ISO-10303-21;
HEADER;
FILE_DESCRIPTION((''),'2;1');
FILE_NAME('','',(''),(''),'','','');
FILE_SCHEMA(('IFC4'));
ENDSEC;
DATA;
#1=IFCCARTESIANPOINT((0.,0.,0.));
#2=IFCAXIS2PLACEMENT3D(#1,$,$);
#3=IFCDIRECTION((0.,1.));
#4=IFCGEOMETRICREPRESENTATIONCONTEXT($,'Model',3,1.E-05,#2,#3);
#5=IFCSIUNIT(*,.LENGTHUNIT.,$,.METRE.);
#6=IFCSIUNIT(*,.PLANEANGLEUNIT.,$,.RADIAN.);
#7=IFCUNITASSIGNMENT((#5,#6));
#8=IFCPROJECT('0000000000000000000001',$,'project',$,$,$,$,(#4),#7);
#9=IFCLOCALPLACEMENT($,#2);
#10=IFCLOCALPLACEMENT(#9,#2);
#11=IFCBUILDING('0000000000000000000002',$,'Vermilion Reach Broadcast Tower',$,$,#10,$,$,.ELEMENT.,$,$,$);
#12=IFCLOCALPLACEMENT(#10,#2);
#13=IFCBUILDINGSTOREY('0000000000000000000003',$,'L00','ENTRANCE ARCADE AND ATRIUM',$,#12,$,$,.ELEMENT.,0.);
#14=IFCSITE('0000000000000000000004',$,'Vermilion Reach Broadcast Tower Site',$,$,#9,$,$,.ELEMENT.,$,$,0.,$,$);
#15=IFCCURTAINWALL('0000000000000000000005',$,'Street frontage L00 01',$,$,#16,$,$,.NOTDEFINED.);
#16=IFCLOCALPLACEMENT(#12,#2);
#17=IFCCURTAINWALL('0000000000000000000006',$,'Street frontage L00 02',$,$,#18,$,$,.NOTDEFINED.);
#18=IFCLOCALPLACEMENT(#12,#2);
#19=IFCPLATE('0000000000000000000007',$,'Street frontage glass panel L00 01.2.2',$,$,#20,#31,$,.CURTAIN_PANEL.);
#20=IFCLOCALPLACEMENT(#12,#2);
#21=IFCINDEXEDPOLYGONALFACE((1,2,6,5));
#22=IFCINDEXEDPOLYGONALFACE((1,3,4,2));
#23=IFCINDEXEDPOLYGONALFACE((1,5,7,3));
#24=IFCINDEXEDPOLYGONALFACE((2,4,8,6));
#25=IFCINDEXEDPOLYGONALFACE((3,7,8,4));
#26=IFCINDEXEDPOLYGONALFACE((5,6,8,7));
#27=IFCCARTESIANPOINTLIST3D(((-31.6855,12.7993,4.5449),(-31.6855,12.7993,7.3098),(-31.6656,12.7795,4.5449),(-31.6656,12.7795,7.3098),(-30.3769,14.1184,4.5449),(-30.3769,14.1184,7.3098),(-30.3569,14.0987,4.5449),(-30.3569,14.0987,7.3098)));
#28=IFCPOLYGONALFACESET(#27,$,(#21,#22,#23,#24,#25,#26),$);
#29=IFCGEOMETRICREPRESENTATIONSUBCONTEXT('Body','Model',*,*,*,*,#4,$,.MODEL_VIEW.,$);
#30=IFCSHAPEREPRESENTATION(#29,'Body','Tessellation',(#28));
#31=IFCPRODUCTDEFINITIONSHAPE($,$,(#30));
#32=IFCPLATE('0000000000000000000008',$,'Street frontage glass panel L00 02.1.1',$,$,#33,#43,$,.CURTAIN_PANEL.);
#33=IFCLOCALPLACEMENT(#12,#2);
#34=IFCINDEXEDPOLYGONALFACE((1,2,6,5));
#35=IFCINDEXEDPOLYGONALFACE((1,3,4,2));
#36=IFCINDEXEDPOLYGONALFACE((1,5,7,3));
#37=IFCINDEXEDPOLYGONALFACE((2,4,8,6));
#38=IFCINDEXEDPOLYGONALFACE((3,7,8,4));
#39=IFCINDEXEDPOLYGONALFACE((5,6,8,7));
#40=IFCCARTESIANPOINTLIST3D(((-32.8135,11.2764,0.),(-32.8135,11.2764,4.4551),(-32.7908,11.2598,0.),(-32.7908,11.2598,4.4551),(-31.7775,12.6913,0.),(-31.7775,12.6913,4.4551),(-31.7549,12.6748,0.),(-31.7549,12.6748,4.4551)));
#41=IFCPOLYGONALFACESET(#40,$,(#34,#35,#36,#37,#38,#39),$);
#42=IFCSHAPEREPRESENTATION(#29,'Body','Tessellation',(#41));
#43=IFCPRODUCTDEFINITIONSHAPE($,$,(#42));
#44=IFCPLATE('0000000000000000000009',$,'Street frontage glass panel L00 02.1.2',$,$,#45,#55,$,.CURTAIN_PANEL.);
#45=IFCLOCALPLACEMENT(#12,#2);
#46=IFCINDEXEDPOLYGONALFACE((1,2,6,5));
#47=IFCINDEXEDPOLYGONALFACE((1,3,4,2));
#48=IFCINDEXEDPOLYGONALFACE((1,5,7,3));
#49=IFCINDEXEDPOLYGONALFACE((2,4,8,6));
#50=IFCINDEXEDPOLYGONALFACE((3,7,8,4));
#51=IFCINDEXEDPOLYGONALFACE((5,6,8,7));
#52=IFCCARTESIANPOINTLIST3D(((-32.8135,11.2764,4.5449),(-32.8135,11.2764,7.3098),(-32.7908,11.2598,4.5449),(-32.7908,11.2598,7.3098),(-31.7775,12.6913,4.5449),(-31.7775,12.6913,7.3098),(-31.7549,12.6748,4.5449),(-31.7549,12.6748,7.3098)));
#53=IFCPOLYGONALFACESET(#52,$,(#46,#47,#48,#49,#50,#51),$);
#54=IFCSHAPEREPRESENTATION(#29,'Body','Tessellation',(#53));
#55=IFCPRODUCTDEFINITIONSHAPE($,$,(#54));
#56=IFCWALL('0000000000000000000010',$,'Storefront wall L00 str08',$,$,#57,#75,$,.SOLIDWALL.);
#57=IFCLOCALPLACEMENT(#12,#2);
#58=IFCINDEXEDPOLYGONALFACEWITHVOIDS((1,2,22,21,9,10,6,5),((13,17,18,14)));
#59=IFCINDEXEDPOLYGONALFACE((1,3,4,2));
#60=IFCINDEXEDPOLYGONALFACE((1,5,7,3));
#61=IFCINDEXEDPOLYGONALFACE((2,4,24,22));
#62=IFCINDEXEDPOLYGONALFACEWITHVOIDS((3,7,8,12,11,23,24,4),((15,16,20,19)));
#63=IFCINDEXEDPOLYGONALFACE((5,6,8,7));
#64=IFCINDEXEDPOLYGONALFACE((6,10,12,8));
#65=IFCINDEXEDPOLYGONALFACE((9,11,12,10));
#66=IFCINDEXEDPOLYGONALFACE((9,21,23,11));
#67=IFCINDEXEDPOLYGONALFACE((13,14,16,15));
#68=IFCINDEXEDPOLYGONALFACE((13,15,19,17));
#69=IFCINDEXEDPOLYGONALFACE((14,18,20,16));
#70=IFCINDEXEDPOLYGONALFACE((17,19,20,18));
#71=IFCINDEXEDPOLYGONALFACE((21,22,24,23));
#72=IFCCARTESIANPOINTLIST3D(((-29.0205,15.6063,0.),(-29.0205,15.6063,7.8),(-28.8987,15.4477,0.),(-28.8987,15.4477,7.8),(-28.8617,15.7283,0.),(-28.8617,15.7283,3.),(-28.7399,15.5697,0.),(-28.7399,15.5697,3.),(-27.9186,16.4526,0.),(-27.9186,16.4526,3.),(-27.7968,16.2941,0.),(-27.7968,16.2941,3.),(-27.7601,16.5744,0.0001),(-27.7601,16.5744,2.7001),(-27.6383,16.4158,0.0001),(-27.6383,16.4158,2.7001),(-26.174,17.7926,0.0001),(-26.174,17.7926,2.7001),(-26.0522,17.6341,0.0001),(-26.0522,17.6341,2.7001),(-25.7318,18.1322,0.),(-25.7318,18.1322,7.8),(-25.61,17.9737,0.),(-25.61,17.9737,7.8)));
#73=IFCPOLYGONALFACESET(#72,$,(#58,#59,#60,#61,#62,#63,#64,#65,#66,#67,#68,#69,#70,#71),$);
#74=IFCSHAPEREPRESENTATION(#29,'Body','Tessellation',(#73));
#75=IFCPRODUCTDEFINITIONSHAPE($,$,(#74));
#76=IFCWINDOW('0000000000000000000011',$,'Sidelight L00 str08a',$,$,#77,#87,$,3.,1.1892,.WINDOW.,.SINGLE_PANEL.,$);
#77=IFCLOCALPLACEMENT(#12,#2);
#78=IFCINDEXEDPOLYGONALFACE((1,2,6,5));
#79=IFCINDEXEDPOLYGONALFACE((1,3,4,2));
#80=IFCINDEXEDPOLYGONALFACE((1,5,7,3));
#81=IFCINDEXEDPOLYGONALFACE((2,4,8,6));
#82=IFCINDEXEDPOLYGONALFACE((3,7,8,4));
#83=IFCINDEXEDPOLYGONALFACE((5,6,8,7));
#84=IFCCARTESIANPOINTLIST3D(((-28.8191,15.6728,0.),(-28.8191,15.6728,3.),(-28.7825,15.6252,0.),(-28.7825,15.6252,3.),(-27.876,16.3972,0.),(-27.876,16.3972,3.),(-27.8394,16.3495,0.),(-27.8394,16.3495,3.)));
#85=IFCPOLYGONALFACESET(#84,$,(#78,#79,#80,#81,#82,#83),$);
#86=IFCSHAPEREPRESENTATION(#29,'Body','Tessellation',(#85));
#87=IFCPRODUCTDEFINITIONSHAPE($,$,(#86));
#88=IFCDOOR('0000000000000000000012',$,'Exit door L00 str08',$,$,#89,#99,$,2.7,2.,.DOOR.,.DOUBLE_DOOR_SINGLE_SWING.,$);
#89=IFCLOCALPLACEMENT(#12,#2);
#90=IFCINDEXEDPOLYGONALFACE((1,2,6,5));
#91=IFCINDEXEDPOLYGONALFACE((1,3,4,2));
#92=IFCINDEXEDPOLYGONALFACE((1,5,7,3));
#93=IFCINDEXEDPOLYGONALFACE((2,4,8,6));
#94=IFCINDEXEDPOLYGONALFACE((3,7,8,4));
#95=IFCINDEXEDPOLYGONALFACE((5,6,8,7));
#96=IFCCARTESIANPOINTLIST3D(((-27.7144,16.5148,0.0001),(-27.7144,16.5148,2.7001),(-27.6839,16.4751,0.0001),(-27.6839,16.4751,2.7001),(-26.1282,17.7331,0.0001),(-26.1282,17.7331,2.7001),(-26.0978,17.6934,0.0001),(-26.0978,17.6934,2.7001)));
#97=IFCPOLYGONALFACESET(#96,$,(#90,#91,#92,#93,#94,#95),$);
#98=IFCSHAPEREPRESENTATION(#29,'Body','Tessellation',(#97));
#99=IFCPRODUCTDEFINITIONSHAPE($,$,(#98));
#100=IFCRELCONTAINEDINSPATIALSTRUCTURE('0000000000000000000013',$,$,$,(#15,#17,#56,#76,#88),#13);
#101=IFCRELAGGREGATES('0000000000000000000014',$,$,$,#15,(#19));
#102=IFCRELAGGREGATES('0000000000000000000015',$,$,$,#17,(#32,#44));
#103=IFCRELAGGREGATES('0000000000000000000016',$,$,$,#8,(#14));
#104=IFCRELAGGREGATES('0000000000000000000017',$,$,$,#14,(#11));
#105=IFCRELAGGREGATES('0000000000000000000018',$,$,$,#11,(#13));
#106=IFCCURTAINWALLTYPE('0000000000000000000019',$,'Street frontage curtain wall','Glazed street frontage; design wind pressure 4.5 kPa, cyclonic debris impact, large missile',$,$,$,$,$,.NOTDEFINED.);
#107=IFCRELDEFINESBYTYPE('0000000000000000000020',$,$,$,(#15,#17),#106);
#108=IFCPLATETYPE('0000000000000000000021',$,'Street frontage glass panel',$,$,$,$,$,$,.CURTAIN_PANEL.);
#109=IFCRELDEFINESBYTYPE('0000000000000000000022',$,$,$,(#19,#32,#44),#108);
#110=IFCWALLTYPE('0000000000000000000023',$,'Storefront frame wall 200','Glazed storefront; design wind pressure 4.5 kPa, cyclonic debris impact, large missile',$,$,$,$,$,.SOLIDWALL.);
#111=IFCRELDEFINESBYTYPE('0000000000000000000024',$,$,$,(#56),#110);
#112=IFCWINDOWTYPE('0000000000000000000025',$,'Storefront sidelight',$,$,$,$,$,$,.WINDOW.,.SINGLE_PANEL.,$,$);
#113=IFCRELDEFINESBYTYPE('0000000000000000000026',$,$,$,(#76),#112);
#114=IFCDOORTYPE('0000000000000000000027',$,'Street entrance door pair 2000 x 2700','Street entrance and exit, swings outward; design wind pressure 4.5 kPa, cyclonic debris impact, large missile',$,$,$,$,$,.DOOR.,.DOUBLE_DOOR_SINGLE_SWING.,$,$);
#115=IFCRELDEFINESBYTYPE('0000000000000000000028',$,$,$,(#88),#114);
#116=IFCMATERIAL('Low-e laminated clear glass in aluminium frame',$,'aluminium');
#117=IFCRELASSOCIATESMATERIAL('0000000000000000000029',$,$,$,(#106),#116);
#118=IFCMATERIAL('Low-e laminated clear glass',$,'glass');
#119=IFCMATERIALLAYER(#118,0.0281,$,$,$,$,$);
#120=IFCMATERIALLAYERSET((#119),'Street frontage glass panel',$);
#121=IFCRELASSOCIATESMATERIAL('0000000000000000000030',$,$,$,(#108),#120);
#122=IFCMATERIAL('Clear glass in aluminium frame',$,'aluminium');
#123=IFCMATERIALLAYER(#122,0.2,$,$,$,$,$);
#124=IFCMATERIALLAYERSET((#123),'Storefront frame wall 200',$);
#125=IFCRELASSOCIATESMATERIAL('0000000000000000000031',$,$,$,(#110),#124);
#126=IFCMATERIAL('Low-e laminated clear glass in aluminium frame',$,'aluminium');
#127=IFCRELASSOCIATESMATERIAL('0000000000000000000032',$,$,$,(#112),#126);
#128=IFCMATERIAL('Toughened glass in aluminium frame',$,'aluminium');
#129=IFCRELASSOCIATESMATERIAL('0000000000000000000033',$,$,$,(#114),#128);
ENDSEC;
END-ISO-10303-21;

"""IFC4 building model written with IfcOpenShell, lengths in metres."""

from ifc_helpers import new_model, si_unit, direction, frame, frame_2d, origin, origin_2d, place, context, subcontext, project, spatial, rectangle, extrude, material, layer, layer_set, type_object, element, fill, aggregate, save


model = new_model("IFC4")

# Units and contexts
model_context = context("Model", 3, precision=1e-05, world=origin(), true_north=direction((0.0, 1.0)))
body_context = subcontext(model_context, "Body", "Model", "MODEL_VIEW")
ifc_project = project(units=[si_unit("LENGTHUNIT", "METRE"), si_unit("PLANEANGLEUNIT", "RADIAN")], contexts=[model_context])

# Site, building, storey
site_placement = place(None, origin())
site = spatial("IfcSite", under=ifc_project, at=site_placement, Name="Vermilion Reach Broadcast Tower Site", CompositionType="ELEMENT", RefElevation=0.0)
building_placement = place(site_placement, origin())
building = spatial("IfcBuilding", under=site, at=building_placement, Name="Vermilion Reach Broadcast Tower", CompositionType="ELEMENT")
storey_placement = place(building_placement, origin())
storey = spatial("IfcBuildingStorey", under=building, at=storey_placement, Name="L00", Description="ENTRANCE ARCADE AND ATRIUM", CompositionType="ELEMENT", Elevation=0.0)

# Curtain wall
ifc_material_1 = material(Name="Low-e laminated clear glass in aluminium frame", Category="aluminium")
curtain_wall_type = type_object("IfcCurtainWallType", Name="Street frontage curtain wall", Description="Glazed street frontage; design wind pressure 4.5 kPa, cyclonic debris impact, large missile", PredefinedType="NOTDEFINED", material=ifc_material_1)
placement = place(storey_placement, origin())
curtain_wall_1 = element("IfcCurtainWall", 1, at=placement, inside=storey, type_object=curtain_wall_type, Name="Street frontage L00 01", PredefinedType="NOTDEFINED")

# Curtain wall
curtain_wall_2 = element("IfcCurtainWall", 2, at=placement, inside=storey, type_object=curtain_wall_type, Name="Street frontage L00 02", PredefinedType="NOTDEFINED")

# Plates
ifc_material_2 = material(Name="Low-e laminated clear glass", Category="glass")
ifc_layer_1 = layer(ifc_material_2, 0.0281)
ifc_layer_set_1 = layer_set([ifc_layer_1], Name="Street frontage glass panel")
plate_type_1 = type_object("IfcPlateType", Name="Street frontage glass panel", PredefinedType="CURTAIN_PANEL", material=ifc_layer_set_1)
plate_1_placement = place(storey_placement, frame((-31.0212, 13.449, 4.5449), z_axis=(0.0, 0.0, 1.0), x_axis=(-0.704276, -0.709926, 0.0)))
plate_1 = element("IfcPlate", 3, at=plate_1_placement, type_object=plate_type_1, Name="Street frontage glass panel L00 01.2.2", PredefinedType="CURTAIN_PANEL", context=body_context, shape_type="SweptSolid", body=[
    extrude(rectangle(XDim=1.8582, YDim=0.0281, at=origin_2d()), origin(), (0.0, 0.0, 1.0), 2.7649),
])
aggregate(curtain_wall_1, [plate_1])
plate_2_placement = place(storey_placement, frame((-32.2842, 11.9756, 0.0), z_axis=(0.0, 0.0, 1.0), x_axis=(-0.59076, -0.806847, 0.0)))
plate_2 = element("IfcPlate", 4, at=plate_2_placement, type_object=plate_type_1, Name="Street frontage glass panel L00 02.1.1", PredefinedType="CURTAIN_PANEL", context=body_context, shape_type="SweptSolid", body=[
    extrude(rectangle(XDim=1.7537, YDim=0.0281, at=origin_2d()), origin(), (0.0, 0.0, 1.0), 4.4551),
])
plate_3_placement = place(storey_placement, frame((-32.2842, 11.9756, 4.5449), z_axis=(0.0, 0.0, 1.0), x_axis=(-0.59076, -0.806847, 0.0)))
plate_3 = element("IfcPlate", 5, at=plate_3_placement, type_object=plate_type_1, Name="Street frontage glass panel L00 02.1.2", PredefinedType="CURTAIN_PANEL", context=body_context, shape_type="SweptSolid", body=[
    extrude(rectangle(XDim=1.7537, YDim=0.0281, at=origin_2d()), origin(), (0.0, 0.0, 1.0), 2.7649),
])
aggregate(curtain_wall_2, [plate_2, plate_3])

# Wall, openings, window, door
ifc_material_3 = material(Name="Clear glass in aluminium frame", Category="aluminium")
ifc_layer_2 = layer(ifc_material_3, 0.2)
ifc_layer_set_2 = layer_set([ifc_layer_2], Name="Storefront frame wall 200")
wall_type = type_object("IfcWallType", Name="Storefront frame wall 200", Description="Glazed storefront; design wind pressure 4.5 kPa, cyclonic debris impact, large missile", PredefinedType="SOLIDWALL", material=ifc_layer_set_2)
wall_placement = place(storey_placement, frame((-28.9595, 15.5271, 0.0), z_axis=(0.0, 0.0, 1.0), x_axis=(0.793066, 0.609136, 0.0)))
wall = element("IfcWall", 6, at=wall_placement, inside=storey, type_object=wall_type, Name="Storefront wall L00 str08", PredefinedType="SOLIDWALL", context=body_context, shape_type="SweptSolid", body=[
    extrude(rectangle(XDim=4.1467, YDim=0.2, at=frame_2d((2.0732, 0.0))), origin(), (0.0, 0.0, 1.0), 7.8),
])
opening_1_placement = place(wall_placement, frame((1.5891, 0.0, 0.0)))
opening_1 = element("IfcOpeningElement", 7, at=opening_1_placement, cuts=wall, PredefinedType="OPENING", context=body_context, shape_type="SweptSolid", body=[
    extrude(rectangle(XDim=2.0, YDim=2.7, at=frame_2d((1.0, 1.3501))), frame((0.0, 0.1099, 0.0), z_axis=(0.0, -1.0, 0.0), x_axis=(1.0, 0.0, 0.0)), (0.0, 0.0, 1.0), 0.22),
])
opening_2_placement = place(wall_placement, frame((0.2, 0.0, 0.0)))
opening_2 = element("IfcOpeningElement", 8, at=opening_2_placement, cuts=wall, PredefinedType="OPENING", context=body_context, shape_type="SweptSolid", body=[
    extrude(rectangle(XDim=1.1892, YDim=3.0, at=frame_2d((0.5947, 1.5))), frame((0.0, 0.1099, 0.0), z_axis=(0.0, -1.0, 0.0), x_axis=(1.0, 0.0, 0.0)), (0.0, 0.0, 1.0), 0.22),
])
ifc_material_4 = material(Name="Low-e laminated clear glass in aluminium frame", Category="aluminium")
window_type = type_object("IfcWindowType", Name="Storefront sidelight", PartitioningType="SINGLE_PANEL", PredefinedType="WINDOW", material=ifc_material_4)
window_placement = place(opening_2_placement, origin())
window = element("IfcWindow", 9, at=window_placement, inside=storey, type_object=window_type, Name="Sidelight L00 str08a", OverallHeight=3.0, OverallWidth=1.1892, PartitioningType="SINGLE_PANEL", PredefinedType="WINDOW", context=body_context, shape_type="SweptSolid", body=[
    extrude(rectangle(XDim=1.1892, YDim=3.0, at=frame_2d((0.5947, 1.5))), frame((0.0, 0.03, 0.0), z_axis=(0.0, -1.0, 0.0), x_axis=(1.0, 0.0, 0.0)), (0.0, 0.0, 1.0), 0.0601),
])
fill(opening_2, window)
ifc_material_5 = material(Name="Toughened glass in aluminium frame", Category="aluminium")
door_type = type_object("IfcDoorType", Name="Street entrance door pair 2000 x 2700", Description="Street entrance and exit, swings outward; design wind pressure 4.5 kPa, cyclonic debris impact, large missile", OperationType="DOUBLE_DOOR_SINGLE_SWING", PredefinedType="DOOR", material=ifc_material_5)
door_placement = place(opening_1_placement, origin())
door = element("IfcDoor", 10, at=door_placement, inside=storey, type_object=door_type, Name="Exit door L00 str08", OperationType="DOUBLE_DOOR_SINGLE_SWING", OverallHeight=2.7, OverallWidth=2.0, PredefinedType="DOOR", context=body_context, shape_type="SweptSolid", body=[
    extrude(rectangle(XDim=2.0, YDim=2.7, at=frame_2d((1.0, 1.3501))), frame((0.0, 0.0249, 0.0), z_axis=(0.0, -1.0, 0.0), x_axis=(1.0, 0.0, 0.0)), (0.0, 0.0, 1.0), 0.05),
])
fill(opening_1, door)

save(model, "model.ifc")
